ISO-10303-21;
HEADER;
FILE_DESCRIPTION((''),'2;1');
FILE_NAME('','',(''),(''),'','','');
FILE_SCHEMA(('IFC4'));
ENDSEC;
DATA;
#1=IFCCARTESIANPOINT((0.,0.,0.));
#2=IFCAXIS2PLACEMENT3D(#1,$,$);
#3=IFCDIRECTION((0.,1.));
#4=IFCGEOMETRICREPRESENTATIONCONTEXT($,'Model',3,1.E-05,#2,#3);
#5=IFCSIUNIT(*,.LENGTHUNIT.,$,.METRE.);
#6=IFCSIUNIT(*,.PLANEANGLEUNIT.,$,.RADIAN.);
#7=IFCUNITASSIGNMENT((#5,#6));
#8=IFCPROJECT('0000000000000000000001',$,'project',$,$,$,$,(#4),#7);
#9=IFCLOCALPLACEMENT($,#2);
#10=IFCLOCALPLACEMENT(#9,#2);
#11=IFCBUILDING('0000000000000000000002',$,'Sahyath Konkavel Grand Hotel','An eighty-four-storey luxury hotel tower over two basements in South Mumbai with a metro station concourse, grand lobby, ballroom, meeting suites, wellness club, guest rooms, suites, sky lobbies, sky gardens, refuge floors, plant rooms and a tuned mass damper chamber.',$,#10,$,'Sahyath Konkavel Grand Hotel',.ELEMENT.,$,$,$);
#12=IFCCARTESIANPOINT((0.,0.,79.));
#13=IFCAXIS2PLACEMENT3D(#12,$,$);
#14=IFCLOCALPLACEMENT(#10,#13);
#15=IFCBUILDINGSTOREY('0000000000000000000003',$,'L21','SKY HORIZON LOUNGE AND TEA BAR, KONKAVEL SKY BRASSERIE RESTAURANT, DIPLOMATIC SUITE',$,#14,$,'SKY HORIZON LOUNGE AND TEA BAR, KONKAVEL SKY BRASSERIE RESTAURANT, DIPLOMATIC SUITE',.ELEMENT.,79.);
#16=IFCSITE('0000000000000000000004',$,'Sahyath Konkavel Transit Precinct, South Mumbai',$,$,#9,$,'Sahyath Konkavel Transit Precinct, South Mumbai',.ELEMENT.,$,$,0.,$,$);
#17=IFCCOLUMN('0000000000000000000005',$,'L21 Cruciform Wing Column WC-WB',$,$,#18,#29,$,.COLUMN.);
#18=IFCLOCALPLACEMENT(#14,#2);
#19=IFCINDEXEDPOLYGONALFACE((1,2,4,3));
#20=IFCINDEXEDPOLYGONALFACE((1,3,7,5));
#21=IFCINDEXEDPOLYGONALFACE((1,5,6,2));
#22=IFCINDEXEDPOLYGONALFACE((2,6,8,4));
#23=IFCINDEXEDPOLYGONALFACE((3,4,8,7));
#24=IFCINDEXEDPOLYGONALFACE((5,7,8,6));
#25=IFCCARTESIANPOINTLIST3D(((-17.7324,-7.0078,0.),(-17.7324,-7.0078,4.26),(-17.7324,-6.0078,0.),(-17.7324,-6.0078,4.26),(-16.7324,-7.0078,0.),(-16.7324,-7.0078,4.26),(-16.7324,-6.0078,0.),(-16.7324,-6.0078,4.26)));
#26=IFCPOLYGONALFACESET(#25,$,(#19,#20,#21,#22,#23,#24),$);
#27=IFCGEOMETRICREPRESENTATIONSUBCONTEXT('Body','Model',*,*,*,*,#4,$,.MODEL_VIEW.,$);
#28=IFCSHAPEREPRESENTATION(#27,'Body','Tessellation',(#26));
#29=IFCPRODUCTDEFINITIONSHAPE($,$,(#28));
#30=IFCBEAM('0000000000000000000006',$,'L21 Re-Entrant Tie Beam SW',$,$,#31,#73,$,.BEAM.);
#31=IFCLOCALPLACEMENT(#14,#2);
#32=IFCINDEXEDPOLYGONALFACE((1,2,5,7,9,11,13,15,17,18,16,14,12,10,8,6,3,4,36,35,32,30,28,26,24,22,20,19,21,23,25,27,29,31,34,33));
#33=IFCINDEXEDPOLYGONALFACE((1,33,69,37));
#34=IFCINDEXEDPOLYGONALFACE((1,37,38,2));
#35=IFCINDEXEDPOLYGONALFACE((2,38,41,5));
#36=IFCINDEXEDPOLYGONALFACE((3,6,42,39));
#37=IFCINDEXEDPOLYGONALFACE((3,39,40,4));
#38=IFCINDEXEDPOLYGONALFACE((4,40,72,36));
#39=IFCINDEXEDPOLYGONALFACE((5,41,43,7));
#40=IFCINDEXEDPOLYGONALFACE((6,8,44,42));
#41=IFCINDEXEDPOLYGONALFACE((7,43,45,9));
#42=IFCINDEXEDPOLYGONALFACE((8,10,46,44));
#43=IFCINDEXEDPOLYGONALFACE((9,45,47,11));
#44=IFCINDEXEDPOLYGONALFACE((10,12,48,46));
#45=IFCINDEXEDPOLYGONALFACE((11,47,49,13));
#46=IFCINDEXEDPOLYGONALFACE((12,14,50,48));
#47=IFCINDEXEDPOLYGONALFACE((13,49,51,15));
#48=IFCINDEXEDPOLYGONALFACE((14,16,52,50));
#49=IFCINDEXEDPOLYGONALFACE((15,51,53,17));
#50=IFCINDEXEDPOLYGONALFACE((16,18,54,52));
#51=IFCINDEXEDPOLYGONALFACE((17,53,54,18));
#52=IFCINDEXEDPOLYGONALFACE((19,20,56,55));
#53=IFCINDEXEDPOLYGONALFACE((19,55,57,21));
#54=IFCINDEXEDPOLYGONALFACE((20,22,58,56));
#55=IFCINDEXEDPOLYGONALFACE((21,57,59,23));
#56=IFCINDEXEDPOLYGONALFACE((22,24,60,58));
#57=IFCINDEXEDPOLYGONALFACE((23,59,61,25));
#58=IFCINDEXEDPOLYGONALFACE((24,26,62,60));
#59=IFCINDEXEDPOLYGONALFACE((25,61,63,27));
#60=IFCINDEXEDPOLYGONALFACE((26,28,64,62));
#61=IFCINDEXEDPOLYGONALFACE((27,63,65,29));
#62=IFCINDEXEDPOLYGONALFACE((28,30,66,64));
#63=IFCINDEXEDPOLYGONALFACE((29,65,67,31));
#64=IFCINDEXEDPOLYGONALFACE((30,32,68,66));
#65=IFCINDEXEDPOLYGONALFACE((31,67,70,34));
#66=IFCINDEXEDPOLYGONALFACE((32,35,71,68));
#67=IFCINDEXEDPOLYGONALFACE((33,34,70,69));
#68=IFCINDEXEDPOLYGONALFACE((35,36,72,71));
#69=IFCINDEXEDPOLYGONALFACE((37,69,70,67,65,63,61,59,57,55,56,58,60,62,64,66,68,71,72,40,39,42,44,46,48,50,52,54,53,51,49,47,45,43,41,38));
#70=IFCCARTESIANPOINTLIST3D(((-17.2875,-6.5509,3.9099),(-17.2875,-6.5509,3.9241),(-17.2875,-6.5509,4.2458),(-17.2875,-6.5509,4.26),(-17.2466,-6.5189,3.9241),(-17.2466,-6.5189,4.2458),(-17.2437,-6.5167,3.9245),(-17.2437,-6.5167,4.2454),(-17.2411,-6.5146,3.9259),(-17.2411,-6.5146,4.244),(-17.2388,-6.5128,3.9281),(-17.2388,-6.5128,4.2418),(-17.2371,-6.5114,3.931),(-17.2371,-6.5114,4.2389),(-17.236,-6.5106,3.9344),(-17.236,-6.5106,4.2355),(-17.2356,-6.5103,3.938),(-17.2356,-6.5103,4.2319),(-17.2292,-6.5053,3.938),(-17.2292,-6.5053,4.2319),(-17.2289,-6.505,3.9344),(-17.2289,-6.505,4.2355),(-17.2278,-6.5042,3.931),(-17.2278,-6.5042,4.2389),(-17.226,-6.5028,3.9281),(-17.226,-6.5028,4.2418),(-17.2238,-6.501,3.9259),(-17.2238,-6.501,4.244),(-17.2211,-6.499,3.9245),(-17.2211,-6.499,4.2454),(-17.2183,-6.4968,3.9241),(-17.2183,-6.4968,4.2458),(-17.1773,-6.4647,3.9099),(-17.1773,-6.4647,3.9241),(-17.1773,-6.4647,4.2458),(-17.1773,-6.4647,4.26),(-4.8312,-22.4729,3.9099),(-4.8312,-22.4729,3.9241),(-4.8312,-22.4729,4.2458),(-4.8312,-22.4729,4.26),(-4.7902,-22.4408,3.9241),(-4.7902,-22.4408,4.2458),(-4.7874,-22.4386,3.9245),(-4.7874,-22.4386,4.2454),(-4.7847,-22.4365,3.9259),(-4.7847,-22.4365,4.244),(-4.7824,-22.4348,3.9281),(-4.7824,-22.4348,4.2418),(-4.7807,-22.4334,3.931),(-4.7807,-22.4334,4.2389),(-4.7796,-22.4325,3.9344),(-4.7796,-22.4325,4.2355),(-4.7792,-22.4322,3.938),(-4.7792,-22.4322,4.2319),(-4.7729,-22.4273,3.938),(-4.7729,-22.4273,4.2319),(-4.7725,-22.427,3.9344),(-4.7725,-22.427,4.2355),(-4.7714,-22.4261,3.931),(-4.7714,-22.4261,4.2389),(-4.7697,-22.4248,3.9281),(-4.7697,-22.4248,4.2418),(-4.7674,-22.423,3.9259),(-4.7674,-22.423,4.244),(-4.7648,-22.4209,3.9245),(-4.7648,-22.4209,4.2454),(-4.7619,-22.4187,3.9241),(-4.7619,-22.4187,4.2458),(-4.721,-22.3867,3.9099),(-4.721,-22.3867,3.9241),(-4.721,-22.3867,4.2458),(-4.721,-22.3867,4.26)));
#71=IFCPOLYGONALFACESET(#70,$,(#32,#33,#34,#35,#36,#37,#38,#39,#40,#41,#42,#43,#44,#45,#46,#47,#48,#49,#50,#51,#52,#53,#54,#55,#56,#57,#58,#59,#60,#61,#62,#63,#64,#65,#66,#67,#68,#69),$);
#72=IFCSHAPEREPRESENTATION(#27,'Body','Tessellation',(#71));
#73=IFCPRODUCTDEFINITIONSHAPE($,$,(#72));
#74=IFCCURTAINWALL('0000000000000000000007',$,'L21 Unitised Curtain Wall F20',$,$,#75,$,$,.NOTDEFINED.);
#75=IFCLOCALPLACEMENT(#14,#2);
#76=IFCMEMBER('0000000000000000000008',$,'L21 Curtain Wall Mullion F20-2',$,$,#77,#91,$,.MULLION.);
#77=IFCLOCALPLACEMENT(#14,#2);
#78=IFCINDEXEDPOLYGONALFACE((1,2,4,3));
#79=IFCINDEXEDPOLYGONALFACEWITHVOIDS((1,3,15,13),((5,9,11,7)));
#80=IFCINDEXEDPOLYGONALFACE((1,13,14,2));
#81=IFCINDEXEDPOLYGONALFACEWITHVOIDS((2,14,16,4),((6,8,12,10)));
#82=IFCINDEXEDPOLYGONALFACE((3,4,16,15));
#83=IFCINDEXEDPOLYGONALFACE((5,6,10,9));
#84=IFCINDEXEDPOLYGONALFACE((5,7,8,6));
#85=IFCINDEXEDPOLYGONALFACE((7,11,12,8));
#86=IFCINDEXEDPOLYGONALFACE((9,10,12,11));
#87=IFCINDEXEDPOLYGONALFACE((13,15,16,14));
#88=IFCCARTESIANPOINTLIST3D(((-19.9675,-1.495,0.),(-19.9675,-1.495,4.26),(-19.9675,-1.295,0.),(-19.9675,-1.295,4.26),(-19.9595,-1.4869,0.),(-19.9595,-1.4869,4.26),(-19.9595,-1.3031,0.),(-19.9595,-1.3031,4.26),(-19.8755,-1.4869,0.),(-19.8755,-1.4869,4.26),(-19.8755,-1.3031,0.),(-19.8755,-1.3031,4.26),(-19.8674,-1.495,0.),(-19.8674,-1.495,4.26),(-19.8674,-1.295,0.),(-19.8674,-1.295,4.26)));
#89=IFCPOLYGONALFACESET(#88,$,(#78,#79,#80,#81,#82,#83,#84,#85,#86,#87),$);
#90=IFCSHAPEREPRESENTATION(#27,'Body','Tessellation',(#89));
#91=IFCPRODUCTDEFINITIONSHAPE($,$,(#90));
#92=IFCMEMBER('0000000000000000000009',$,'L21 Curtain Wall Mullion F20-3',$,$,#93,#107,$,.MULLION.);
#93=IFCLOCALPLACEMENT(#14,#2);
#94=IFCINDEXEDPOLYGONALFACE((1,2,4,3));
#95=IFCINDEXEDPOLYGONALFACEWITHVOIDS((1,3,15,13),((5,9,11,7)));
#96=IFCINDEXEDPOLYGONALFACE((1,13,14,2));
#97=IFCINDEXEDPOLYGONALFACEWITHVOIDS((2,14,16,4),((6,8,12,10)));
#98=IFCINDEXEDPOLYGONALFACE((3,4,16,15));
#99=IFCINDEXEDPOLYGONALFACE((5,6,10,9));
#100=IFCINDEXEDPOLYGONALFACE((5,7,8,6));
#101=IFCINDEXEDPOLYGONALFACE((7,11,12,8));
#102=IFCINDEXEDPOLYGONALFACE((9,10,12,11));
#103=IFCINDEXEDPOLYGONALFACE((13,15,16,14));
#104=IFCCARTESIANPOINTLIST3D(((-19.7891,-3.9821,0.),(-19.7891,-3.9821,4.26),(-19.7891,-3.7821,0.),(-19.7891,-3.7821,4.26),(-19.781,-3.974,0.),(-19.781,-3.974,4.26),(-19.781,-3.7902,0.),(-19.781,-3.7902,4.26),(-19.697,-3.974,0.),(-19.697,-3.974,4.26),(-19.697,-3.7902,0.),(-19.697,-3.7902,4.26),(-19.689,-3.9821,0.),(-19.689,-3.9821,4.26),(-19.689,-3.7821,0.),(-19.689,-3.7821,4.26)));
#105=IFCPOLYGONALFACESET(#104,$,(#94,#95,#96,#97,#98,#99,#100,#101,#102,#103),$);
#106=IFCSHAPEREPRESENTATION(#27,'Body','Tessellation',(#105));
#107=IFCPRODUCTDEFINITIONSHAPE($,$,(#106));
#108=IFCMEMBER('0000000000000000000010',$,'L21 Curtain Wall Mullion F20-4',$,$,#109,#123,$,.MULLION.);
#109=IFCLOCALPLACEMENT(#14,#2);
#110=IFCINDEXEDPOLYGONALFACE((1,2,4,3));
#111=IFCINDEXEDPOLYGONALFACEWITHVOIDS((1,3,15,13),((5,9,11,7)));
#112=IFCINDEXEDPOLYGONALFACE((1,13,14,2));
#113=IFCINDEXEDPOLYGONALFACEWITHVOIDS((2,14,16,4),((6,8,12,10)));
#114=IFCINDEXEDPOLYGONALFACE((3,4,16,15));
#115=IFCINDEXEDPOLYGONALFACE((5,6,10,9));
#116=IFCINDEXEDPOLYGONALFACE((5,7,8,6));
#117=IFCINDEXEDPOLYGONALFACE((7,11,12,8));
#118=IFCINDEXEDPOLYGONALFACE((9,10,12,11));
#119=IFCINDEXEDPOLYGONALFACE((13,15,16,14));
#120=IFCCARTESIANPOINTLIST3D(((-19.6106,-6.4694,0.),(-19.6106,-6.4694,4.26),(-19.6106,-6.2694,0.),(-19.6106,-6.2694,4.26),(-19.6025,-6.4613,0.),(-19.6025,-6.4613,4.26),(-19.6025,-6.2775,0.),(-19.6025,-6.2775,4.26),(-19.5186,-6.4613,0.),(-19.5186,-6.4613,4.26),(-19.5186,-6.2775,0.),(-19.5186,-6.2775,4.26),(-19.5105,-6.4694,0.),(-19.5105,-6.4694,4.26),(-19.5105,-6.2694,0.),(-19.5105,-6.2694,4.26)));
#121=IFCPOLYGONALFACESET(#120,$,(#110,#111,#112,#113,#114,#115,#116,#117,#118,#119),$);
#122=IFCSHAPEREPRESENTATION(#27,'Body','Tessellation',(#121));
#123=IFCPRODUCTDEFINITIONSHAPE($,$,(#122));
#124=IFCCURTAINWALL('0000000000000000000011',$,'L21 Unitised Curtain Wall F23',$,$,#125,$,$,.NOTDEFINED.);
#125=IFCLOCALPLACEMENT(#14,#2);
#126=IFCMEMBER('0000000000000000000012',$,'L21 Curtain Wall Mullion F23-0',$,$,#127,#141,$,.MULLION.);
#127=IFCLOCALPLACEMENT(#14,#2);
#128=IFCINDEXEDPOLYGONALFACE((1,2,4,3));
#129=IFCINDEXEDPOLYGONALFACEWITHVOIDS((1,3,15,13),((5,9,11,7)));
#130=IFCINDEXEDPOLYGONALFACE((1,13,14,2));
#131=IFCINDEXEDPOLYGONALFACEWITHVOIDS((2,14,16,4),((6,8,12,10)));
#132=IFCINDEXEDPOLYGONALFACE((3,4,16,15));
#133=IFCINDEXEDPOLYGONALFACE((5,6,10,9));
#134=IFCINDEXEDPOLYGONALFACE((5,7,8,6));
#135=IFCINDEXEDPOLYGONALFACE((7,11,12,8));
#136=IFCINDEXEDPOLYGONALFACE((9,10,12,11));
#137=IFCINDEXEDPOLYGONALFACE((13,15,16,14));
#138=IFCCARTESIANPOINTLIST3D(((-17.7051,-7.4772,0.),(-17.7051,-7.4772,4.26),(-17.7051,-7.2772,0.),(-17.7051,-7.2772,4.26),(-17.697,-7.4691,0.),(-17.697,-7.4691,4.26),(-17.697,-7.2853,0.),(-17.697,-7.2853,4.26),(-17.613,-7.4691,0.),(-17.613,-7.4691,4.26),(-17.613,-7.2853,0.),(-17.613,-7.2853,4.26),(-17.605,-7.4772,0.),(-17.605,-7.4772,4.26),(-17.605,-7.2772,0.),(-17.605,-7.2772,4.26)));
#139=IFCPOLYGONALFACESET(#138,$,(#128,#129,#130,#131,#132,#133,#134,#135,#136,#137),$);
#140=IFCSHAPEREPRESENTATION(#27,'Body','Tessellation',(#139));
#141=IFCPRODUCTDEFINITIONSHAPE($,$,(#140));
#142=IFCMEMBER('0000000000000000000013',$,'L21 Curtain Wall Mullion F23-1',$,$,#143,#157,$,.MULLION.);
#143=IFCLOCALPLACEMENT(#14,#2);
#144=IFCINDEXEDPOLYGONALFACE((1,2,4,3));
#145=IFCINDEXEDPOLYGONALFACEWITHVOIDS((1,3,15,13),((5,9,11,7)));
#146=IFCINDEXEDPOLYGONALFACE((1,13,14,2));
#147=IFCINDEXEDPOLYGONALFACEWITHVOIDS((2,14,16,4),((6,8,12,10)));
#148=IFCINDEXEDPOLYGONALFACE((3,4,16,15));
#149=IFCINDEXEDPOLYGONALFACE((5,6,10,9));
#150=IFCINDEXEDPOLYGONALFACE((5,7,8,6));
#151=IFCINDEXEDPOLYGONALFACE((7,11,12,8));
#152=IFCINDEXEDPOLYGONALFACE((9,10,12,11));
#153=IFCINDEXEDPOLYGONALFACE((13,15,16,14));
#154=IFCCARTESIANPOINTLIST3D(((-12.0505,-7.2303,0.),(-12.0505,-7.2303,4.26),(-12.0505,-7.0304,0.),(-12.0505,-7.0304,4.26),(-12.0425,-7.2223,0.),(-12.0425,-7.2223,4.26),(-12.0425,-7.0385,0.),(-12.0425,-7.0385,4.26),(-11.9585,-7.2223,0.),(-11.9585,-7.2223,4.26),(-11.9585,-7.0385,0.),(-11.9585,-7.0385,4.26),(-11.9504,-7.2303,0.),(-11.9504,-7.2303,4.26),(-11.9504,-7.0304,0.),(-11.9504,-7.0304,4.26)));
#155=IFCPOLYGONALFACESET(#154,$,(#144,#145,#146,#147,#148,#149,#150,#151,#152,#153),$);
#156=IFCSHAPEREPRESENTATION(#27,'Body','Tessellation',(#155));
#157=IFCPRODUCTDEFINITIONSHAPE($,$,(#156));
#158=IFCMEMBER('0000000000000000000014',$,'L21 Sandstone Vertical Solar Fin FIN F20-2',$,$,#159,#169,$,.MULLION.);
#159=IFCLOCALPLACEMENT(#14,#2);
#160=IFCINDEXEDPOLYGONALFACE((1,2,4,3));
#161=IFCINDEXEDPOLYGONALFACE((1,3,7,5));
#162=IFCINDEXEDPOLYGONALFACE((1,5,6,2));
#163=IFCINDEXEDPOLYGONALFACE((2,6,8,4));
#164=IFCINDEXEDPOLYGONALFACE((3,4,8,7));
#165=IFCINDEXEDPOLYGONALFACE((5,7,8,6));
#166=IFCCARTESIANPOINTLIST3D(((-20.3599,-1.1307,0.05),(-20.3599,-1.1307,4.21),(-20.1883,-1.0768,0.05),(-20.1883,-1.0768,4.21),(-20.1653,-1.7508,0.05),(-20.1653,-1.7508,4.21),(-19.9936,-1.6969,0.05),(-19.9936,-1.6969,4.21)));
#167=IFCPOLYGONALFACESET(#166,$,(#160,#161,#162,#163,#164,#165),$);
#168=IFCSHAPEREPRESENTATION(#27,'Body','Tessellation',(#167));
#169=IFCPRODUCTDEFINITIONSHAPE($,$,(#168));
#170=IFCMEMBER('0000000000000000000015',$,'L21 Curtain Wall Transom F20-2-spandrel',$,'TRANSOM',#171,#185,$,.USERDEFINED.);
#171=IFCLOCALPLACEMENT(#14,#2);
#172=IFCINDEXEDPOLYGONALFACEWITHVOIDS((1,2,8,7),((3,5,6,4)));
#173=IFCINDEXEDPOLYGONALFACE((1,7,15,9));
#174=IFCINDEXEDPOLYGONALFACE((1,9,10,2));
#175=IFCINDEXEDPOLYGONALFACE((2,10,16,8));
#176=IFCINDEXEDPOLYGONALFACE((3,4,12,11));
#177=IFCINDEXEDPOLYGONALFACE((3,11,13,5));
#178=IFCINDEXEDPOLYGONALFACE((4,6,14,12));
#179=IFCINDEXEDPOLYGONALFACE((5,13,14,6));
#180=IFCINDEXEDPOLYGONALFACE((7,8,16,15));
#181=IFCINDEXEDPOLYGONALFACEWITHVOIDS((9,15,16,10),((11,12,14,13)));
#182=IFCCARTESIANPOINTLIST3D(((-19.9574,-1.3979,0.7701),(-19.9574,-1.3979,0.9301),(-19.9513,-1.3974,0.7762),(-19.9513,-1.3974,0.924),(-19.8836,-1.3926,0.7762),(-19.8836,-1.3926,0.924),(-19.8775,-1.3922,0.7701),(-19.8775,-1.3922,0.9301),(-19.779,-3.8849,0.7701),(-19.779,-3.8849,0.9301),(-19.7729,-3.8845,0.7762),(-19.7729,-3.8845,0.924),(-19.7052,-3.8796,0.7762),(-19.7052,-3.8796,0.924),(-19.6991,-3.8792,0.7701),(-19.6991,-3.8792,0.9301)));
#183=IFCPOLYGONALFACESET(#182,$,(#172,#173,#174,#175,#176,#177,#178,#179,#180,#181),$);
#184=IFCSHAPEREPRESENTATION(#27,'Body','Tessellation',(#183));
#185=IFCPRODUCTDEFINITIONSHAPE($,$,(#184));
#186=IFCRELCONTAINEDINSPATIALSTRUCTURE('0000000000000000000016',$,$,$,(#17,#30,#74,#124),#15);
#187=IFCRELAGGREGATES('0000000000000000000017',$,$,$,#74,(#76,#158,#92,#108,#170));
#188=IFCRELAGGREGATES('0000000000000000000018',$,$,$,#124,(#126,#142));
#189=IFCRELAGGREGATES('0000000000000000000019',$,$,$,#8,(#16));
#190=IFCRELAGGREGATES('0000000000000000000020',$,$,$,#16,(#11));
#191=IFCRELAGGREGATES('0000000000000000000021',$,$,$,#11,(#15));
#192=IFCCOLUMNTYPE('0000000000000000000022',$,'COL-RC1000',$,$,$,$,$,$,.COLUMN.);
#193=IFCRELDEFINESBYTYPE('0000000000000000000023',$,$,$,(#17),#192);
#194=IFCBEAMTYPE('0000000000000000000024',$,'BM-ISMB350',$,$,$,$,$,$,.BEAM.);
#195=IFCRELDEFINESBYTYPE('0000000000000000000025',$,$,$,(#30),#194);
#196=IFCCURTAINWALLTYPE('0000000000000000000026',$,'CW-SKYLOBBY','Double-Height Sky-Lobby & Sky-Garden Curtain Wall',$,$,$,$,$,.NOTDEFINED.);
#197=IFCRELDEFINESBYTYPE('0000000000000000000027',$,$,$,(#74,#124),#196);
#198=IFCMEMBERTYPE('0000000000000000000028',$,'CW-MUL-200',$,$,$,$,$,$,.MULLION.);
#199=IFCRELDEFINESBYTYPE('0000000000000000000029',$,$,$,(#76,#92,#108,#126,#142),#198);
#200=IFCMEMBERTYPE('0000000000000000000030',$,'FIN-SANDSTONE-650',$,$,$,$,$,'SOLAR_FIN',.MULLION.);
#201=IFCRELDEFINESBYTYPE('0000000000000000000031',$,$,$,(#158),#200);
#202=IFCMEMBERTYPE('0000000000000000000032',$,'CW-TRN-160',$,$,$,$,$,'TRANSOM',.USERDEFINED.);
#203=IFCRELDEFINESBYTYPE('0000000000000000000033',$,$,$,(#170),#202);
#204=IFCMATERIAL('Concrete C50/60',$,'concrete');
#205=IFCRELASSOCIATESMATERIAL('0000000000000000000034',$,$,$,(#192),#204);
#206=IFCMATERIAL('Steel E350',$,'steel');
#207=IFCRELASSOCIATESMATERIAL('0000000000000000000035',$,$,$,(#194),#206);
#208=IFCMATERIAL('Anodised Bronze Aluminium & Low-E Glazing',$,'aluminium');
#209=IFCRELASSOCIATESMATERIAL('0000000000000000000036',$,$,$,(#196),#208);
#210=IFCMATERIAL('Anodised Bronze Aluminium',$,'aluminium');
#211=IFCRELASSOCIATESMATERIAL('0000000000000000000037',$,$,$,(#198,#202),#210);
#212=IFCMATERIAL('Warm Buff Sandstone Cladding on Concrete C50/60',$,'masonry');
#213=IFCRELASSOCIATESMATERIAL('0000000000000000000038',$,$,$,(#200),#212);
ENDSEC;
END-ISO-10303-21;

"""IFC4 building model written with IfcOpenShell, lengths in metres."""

from ifc_helpers import new_model, si_unit, direction, frame, origin, origin_2d, place, context, subcontext, project, spatial, rectangle, hollow_rectangle, i_section, extrude, source, transform, mapped, material, material_profile, profile_set, type_object, element, aggregate, save


model = new_model("IFC4")

# Units and contexts
model_context = context("Model", 3, precision=1e-05, world=origin(), true_north=direction((0.0, 1.0)))
body_context = subcontext(model_context, "Body", "Model", "MODEL_VIEW")
ifc_project = project(units=[si_unit("LENGTHUNIT", "METRE"), si_unit("PLANEANGLEUNIT", "RADIAN")], contexts=[model_context])

# Site, building, storey
site_placement = place(None, origin())
site = spatial("IfcSite", under=ifc_project, at=site_placement, Name="Sahyath Konkavel Transit Precinct, South Mumbai", LongName="Sahyath Konkavel Transit Precinct, South Mumbai", CompositionType="ELEMENT", RefElevation=0.0)
building_placement = place(site_placement, origin())
building = spatial("IfcBuilding", under=site, at=building_placement, Name="Sahyath Konkavel Grand Hotel", Description="An eighty-four-storey luxury hotel tower over two basements in South Mumbai with a metro station concourse, grand lobby, ballroom, meeting suites, wellness club, guest rooms, suites, sky lobbies, sky gardens, refuge floors, plant rooms and a tuned mass damper chamber.", LongName="Sahyath Konkavel Grand Hotel", CompositionType="ELEMENT")
storey_placement = place(building_placement, frame((0.0, 0.0, 79.0)))
storey = spatial("IfcBuildingStorey", under=building, at=storey_placement, Name="L21", Description="SKY HORIZON LOUNGE AND TEA BAR, KONKAVEL SKY BRASSERIE RESTAURANT, DIPLOMATIC SUITE", LongName="SKY HORIZON LOUNGE AND TEA BAR, KONKAVEL SKY BRASSERIE RESTAURANT, DIPLOMATIC SUITE", CompositionType="ELEMENT", Elevation=79.0)

# Column
ifc_material_1 = material(Name="Concrete C50/60", Category="concrete")
ifc_material_profile_1 = material_profile(ifc_material_1, rectangle(XDim=1.0, YDim=1.0, at=origin_2d()), Name="RC 1000x1000")
ifc_profile_set_1 = profile_set([ifc_material_profile_1], Name="Concrete C50/60")
column_type = type_object("IfcColumnType", Name="COL-RC1000", PredefinedType="COLUMN", material=ifc_profile_set_1)
shared_shape_1 = source(origin(), body_context, "Body", "SweptSolid", [
    extrude(rectangle(XDim=1.0, YDim=1.0, at=origin_2d()), origin(), (0.0, 0.0, 1.0), 4.26),
])
column_placement = place(storey_placement, frame((-17.2324, -6.5078, 0.0), z_axis=(0.0, 0.0, 1.0), x_axis=(1.0, 0.0, 0.0)))
element("IfcColumn", 1, at=column_placement, inside=storey, type_object=column_type, Name="L21 Cruciform Wing Column WC-WB", PredefinedType="COLUMN", context=body_context, shape_type="MappedRepresentation", body=[
    mapped(shared_shape_1, transform((0.0, 0.0, 0.0), scale=1.0)),
])

# Beam
ifc_material_2 = material(Name="Steel E350", Category="steel")
ifc_material_profile_2 = material_profile(ifc_material_2, i_section(OverallWidth=0.1399, OverallDepth=0.3501, WebThickness=0.0081, FlangeThickness=0.0142, FilletRadius=0.0139, at=origin_2d()), Name="ISMB 350")
ifc_profile_set_2 = profile_set([ifc_material_profile_2], Name="Steel E350")
beam_type = type_object("IfcBeamType", Name="BM-ISMB350", PredefinedType="BEAM", material=ifc_profile_set_2)
shared_shape_2 = source(origin(), body_context, "Body", "SweptSolid", [
    extrude(i_section(OverallWidth=0.1399, OverallDepth=0.3501, WebThickness=0.0081, FlangeThickness=0.0142, FilletRadius=0.0139, at=origin_2d()), origin(), (0.0, 0.0, 1.0), 20.2156),
])
beam_placement = place(storey_placement, frame((-17.2324, -6.5078, 4.085), z_axis=(0.616176, -0.787608, 0.0), x_axis=(0.787608, 0.616176, 0.0)))
element("IfcBeam", 2, at=beam_placement, inside=storey, type_object=beam_type, Name="L21 Re-Entrant Tie Beam SW", PredefinedType="BEAM", context=body_context, shape_type="MappedRepresentation", body=[
    mapped(shared_shape_2, transform((0.0, 0.0, 0.0), scale=1.0)),
])

# Curtain walls, members
ifc_material_3 = material(Name="Anodised Bronze Aluminium & Low-E Glazing", Category="aluminium")
curtain_wall_type = type_object("IfcCurtainWallType", Name="CW-SKYLOBBY", Description="Double-Height Sky-Lobby & Sky-Garden Curtain Wall", PredefinedType="NOTDEFINED", material=ifc_material_3)
curtain_wall_1_placement = place(storey_placement, origin())
curtain_wall_1 = element("IfcCurtainWall", 3, at=curtain_wall_1_placement, inside=storey, type_object=curtain_wall_type, Name="L21 Unitised Curtain Wall F20", PredefinedType="NOTDEFINED")
ifc_material_4 = material(Name="Anodised Bronze Aluminium", Category="aluminium")
ifc_material_profile_3 = material_profile(ifc_material_4, hollow_rectangle(XDim=0.1001, YDim=0.2, WallThickness=0.0081, at=origin_2d()), Name="RHS 200x100x8")
ifc_profile_set_3 = profile_set([ifc_material_profile_3], Name="Anodised Bronze Aluminium")
member_type_1 = type_object("IfcMemberType", Name="CW-MUL-200", PredefinedType="MULLION", material=ifc_profile_set_3)
shared_shape_3 = source(origin(), body_context, "Body", "SweptSolid", [
    extrude(hollow_rectangle(XDim=0.1001, YDim=0.2, WallThickness=0.0081, at=origin_2d()), origin(), (0.0, 0.0, 1.0), 4.26),
])
member_1_placement = place(storey_placement, frame((-19.9175, -1.395, 0.0), z_axis=(0.0, 0.0, 1.0), x_axis=(1.0, 0.0, 0.0)))
member_1 = element("IfcMember", 4, at=member_1_placement, type_object=member_type_1, Name="L21 Curtain Wall Mullion F20-2", PredefinedType="MULLION", context=body_context, shape_type="MappedRepresentation", body=[
    mapped(shared_shape_3, transform((0.0, 0.0, 0.0), scale=1.0)),
])
member_2_placement = place(storey_placement, frame((-19.739, -3.8821, 0.0), z_axis=(0.0, 0.0, 1.0), x_axis=(1.0, 0.0, 0.0)))
member_2 = element("IfcMember", 5, at=member_2_placement, type_object=member_type_1, Name="L21 Curtain Wall Mullion F20-3", PredefinedType="MULLION", context=body_context, shape_type="MappedRepresentation", body=[
    mapped(shared_shape_3, transform((0.0, 0.0, 0.0), scale=1.0)),
])
member_3_placement = place(storey_placement, frame((-19.5605, -6.3694, 0.0), z_axis=(0.0, 0.0, 1.0), x_axis=(1.0, 0.0, 0.0)))
member_3 = element("IfcMember", 6, at=member_3_placement, type_object=member_type_1, Name="L21 Curtain Wall Mullion F20-4", PredefinedType="MULLION", context=body_context, shape_type="MappedRepresentation", body=[
    mapped(shared_shape_3, transform((0.0, 0.0, 0.0), scale=1.0)),
])
curtain_wall_2_placement = place(storey_placement, origin())
curtain_wall_2 = element("IfcCurtainWall", 7, at=curtain_wall_2_placement, inside=storey, type_object=curtain_wall_type, Name="L21 Unitised Curtain Wall F23", PredefinedType="NOTDEFINED")
member_4_placement = place(storey_placement, frame((-17.655, -7.3772, 0.0), z_axis=(0.0, 0.0, 1.0), x_axis=(1.0, 0.0, 0.0)))
member_4 = element("IfcMember", 8, at=member_4_placement, type_object=member_type_1, Name="L21 Curtain Wall Mullion F23-0", PredefinedType="MULLION", context=body_context, shape_type="MappedRepresentation", body=[
    mapped(shared_shape_3, transform((0.0, 0.0, 0.0), scale=1.0)),
])
member_5_placement = place(storey_placement, frame((-12.0005, -7.1304, 0.0), z_axis=(0.0, 0.0, 1.0), x_axis=(1.0, 0.0, 0.0)))
member_5 = element("IfcMember", 9, at=member_5_placement, type_object=member_type_1, Name="L21 Curtain Wall Mullion F23-1", PredefinedType="MULLION", context=body_context, shape_type="MappedRepresentation", body=[
    mapped(shared_shape_3, transform((0.0, 0.0, 0.0), scale=1.0)),
])

# Members
ifc_material_5 = material(Name="Warm Buff Sandstone Cladding on Concrete C50/60", Category="masonry")
ifc_material_profile_4 = material_profile(ifc_material_5, rectangle(XDim=0.1799, YDim=0.6499, at=origin_2d()), Name="FIN 180x650")
ifc_profile_set_4 = profile_set([ifc_material_profile_4], Name="Warm Buff Sandstone Cladding on Concrete C50/60")
member_type_2 = type_object("IfcMemberType", Name="FIN-SANDSTONE-650", ElementType="SOLAR_FIN", PredefinedType="MULLION", material=ifc_profile_set_4)
shared_shape_4 = source(origin(), body_context, "Body", "SweptSolid", [
    extrude(rectangle(XDim=0.1799, YDim=0.6499, at=origin_2d()), origin(), (0.0, 0.0, 1.0), 4.1599),
])
member_6_placement = place(storey_placement, frame((-20.1768, -1.4138, 0.05), z_axis=(0.0, 0.0, 1.0), x_axis=(0.954084, 0.29954, 0.0)))
member_6 = element("IfcMember", 10, at=member_6_placement, type_object=member_type_2, Name="L21 Sandstone Vertical Solar Fin FIN F20-2", PredefinedType="MULLION", context=body_context, shape_type="MappedRepresentation", body=[
    mapped(shared_shape_4, transform((0.0, 0.0, 0.0), scale=1.0)),
])
ifc_material_profile_5 = material_profile(ifc_material_4, hollow_rectangle(XDim=0.0801, YDim=0.1599, WallThickness=0.0061, at=origin_2d()), Name="RHS 160x80x6")
ifc_profile_set_5 = profile_set([ifc_material_profile_5], Name="Anodised Bronze Aluminium")
member_type_3 = type_object("IfcMemberType", Name="CW-TRN-160", ElementType="TRANSOM", PredefinedType="USERDEFINED", material=ifc_profile_set_5)
shared_shape_5 = source(origin(), body_context, "Body", "SweptSolid", [
    extrude(hollow_rectangle(XDim=0.0801, YDim=0.1599, WallThickness=0.0061, at=origin_2d()), origin(), (0.0, 0.0, 1.0), 2.4934),
])
member_7_placement = place(storey_placement, frame((-19.9175, -1.395, 0.8501), z_axis=(0.071574, -0.997435, 0.0), x_axis=(0.997435, 0.071574, 0.0)))
member_7 = element("IfcMember", 11, at=member_7_placement, type_object=member_type_3, Name="L21 Curtain Wall Transom F20-2-spandrel", ObjectType="TRANSOM", PredefinedType="USERDEFINED", context=body_context, shape_type="MappedRepresentation", body=[
    mapped(shared_shape_5, transform((0.0, 0.0, 0.0), scale=1.0)),
])

aggregate(curtain_wall_1, [member_1, member_6, member_2, member_3, member_7])
aggregate(curtain_wall_2, [member_4, member_5])

save(model, "model.ifc")
